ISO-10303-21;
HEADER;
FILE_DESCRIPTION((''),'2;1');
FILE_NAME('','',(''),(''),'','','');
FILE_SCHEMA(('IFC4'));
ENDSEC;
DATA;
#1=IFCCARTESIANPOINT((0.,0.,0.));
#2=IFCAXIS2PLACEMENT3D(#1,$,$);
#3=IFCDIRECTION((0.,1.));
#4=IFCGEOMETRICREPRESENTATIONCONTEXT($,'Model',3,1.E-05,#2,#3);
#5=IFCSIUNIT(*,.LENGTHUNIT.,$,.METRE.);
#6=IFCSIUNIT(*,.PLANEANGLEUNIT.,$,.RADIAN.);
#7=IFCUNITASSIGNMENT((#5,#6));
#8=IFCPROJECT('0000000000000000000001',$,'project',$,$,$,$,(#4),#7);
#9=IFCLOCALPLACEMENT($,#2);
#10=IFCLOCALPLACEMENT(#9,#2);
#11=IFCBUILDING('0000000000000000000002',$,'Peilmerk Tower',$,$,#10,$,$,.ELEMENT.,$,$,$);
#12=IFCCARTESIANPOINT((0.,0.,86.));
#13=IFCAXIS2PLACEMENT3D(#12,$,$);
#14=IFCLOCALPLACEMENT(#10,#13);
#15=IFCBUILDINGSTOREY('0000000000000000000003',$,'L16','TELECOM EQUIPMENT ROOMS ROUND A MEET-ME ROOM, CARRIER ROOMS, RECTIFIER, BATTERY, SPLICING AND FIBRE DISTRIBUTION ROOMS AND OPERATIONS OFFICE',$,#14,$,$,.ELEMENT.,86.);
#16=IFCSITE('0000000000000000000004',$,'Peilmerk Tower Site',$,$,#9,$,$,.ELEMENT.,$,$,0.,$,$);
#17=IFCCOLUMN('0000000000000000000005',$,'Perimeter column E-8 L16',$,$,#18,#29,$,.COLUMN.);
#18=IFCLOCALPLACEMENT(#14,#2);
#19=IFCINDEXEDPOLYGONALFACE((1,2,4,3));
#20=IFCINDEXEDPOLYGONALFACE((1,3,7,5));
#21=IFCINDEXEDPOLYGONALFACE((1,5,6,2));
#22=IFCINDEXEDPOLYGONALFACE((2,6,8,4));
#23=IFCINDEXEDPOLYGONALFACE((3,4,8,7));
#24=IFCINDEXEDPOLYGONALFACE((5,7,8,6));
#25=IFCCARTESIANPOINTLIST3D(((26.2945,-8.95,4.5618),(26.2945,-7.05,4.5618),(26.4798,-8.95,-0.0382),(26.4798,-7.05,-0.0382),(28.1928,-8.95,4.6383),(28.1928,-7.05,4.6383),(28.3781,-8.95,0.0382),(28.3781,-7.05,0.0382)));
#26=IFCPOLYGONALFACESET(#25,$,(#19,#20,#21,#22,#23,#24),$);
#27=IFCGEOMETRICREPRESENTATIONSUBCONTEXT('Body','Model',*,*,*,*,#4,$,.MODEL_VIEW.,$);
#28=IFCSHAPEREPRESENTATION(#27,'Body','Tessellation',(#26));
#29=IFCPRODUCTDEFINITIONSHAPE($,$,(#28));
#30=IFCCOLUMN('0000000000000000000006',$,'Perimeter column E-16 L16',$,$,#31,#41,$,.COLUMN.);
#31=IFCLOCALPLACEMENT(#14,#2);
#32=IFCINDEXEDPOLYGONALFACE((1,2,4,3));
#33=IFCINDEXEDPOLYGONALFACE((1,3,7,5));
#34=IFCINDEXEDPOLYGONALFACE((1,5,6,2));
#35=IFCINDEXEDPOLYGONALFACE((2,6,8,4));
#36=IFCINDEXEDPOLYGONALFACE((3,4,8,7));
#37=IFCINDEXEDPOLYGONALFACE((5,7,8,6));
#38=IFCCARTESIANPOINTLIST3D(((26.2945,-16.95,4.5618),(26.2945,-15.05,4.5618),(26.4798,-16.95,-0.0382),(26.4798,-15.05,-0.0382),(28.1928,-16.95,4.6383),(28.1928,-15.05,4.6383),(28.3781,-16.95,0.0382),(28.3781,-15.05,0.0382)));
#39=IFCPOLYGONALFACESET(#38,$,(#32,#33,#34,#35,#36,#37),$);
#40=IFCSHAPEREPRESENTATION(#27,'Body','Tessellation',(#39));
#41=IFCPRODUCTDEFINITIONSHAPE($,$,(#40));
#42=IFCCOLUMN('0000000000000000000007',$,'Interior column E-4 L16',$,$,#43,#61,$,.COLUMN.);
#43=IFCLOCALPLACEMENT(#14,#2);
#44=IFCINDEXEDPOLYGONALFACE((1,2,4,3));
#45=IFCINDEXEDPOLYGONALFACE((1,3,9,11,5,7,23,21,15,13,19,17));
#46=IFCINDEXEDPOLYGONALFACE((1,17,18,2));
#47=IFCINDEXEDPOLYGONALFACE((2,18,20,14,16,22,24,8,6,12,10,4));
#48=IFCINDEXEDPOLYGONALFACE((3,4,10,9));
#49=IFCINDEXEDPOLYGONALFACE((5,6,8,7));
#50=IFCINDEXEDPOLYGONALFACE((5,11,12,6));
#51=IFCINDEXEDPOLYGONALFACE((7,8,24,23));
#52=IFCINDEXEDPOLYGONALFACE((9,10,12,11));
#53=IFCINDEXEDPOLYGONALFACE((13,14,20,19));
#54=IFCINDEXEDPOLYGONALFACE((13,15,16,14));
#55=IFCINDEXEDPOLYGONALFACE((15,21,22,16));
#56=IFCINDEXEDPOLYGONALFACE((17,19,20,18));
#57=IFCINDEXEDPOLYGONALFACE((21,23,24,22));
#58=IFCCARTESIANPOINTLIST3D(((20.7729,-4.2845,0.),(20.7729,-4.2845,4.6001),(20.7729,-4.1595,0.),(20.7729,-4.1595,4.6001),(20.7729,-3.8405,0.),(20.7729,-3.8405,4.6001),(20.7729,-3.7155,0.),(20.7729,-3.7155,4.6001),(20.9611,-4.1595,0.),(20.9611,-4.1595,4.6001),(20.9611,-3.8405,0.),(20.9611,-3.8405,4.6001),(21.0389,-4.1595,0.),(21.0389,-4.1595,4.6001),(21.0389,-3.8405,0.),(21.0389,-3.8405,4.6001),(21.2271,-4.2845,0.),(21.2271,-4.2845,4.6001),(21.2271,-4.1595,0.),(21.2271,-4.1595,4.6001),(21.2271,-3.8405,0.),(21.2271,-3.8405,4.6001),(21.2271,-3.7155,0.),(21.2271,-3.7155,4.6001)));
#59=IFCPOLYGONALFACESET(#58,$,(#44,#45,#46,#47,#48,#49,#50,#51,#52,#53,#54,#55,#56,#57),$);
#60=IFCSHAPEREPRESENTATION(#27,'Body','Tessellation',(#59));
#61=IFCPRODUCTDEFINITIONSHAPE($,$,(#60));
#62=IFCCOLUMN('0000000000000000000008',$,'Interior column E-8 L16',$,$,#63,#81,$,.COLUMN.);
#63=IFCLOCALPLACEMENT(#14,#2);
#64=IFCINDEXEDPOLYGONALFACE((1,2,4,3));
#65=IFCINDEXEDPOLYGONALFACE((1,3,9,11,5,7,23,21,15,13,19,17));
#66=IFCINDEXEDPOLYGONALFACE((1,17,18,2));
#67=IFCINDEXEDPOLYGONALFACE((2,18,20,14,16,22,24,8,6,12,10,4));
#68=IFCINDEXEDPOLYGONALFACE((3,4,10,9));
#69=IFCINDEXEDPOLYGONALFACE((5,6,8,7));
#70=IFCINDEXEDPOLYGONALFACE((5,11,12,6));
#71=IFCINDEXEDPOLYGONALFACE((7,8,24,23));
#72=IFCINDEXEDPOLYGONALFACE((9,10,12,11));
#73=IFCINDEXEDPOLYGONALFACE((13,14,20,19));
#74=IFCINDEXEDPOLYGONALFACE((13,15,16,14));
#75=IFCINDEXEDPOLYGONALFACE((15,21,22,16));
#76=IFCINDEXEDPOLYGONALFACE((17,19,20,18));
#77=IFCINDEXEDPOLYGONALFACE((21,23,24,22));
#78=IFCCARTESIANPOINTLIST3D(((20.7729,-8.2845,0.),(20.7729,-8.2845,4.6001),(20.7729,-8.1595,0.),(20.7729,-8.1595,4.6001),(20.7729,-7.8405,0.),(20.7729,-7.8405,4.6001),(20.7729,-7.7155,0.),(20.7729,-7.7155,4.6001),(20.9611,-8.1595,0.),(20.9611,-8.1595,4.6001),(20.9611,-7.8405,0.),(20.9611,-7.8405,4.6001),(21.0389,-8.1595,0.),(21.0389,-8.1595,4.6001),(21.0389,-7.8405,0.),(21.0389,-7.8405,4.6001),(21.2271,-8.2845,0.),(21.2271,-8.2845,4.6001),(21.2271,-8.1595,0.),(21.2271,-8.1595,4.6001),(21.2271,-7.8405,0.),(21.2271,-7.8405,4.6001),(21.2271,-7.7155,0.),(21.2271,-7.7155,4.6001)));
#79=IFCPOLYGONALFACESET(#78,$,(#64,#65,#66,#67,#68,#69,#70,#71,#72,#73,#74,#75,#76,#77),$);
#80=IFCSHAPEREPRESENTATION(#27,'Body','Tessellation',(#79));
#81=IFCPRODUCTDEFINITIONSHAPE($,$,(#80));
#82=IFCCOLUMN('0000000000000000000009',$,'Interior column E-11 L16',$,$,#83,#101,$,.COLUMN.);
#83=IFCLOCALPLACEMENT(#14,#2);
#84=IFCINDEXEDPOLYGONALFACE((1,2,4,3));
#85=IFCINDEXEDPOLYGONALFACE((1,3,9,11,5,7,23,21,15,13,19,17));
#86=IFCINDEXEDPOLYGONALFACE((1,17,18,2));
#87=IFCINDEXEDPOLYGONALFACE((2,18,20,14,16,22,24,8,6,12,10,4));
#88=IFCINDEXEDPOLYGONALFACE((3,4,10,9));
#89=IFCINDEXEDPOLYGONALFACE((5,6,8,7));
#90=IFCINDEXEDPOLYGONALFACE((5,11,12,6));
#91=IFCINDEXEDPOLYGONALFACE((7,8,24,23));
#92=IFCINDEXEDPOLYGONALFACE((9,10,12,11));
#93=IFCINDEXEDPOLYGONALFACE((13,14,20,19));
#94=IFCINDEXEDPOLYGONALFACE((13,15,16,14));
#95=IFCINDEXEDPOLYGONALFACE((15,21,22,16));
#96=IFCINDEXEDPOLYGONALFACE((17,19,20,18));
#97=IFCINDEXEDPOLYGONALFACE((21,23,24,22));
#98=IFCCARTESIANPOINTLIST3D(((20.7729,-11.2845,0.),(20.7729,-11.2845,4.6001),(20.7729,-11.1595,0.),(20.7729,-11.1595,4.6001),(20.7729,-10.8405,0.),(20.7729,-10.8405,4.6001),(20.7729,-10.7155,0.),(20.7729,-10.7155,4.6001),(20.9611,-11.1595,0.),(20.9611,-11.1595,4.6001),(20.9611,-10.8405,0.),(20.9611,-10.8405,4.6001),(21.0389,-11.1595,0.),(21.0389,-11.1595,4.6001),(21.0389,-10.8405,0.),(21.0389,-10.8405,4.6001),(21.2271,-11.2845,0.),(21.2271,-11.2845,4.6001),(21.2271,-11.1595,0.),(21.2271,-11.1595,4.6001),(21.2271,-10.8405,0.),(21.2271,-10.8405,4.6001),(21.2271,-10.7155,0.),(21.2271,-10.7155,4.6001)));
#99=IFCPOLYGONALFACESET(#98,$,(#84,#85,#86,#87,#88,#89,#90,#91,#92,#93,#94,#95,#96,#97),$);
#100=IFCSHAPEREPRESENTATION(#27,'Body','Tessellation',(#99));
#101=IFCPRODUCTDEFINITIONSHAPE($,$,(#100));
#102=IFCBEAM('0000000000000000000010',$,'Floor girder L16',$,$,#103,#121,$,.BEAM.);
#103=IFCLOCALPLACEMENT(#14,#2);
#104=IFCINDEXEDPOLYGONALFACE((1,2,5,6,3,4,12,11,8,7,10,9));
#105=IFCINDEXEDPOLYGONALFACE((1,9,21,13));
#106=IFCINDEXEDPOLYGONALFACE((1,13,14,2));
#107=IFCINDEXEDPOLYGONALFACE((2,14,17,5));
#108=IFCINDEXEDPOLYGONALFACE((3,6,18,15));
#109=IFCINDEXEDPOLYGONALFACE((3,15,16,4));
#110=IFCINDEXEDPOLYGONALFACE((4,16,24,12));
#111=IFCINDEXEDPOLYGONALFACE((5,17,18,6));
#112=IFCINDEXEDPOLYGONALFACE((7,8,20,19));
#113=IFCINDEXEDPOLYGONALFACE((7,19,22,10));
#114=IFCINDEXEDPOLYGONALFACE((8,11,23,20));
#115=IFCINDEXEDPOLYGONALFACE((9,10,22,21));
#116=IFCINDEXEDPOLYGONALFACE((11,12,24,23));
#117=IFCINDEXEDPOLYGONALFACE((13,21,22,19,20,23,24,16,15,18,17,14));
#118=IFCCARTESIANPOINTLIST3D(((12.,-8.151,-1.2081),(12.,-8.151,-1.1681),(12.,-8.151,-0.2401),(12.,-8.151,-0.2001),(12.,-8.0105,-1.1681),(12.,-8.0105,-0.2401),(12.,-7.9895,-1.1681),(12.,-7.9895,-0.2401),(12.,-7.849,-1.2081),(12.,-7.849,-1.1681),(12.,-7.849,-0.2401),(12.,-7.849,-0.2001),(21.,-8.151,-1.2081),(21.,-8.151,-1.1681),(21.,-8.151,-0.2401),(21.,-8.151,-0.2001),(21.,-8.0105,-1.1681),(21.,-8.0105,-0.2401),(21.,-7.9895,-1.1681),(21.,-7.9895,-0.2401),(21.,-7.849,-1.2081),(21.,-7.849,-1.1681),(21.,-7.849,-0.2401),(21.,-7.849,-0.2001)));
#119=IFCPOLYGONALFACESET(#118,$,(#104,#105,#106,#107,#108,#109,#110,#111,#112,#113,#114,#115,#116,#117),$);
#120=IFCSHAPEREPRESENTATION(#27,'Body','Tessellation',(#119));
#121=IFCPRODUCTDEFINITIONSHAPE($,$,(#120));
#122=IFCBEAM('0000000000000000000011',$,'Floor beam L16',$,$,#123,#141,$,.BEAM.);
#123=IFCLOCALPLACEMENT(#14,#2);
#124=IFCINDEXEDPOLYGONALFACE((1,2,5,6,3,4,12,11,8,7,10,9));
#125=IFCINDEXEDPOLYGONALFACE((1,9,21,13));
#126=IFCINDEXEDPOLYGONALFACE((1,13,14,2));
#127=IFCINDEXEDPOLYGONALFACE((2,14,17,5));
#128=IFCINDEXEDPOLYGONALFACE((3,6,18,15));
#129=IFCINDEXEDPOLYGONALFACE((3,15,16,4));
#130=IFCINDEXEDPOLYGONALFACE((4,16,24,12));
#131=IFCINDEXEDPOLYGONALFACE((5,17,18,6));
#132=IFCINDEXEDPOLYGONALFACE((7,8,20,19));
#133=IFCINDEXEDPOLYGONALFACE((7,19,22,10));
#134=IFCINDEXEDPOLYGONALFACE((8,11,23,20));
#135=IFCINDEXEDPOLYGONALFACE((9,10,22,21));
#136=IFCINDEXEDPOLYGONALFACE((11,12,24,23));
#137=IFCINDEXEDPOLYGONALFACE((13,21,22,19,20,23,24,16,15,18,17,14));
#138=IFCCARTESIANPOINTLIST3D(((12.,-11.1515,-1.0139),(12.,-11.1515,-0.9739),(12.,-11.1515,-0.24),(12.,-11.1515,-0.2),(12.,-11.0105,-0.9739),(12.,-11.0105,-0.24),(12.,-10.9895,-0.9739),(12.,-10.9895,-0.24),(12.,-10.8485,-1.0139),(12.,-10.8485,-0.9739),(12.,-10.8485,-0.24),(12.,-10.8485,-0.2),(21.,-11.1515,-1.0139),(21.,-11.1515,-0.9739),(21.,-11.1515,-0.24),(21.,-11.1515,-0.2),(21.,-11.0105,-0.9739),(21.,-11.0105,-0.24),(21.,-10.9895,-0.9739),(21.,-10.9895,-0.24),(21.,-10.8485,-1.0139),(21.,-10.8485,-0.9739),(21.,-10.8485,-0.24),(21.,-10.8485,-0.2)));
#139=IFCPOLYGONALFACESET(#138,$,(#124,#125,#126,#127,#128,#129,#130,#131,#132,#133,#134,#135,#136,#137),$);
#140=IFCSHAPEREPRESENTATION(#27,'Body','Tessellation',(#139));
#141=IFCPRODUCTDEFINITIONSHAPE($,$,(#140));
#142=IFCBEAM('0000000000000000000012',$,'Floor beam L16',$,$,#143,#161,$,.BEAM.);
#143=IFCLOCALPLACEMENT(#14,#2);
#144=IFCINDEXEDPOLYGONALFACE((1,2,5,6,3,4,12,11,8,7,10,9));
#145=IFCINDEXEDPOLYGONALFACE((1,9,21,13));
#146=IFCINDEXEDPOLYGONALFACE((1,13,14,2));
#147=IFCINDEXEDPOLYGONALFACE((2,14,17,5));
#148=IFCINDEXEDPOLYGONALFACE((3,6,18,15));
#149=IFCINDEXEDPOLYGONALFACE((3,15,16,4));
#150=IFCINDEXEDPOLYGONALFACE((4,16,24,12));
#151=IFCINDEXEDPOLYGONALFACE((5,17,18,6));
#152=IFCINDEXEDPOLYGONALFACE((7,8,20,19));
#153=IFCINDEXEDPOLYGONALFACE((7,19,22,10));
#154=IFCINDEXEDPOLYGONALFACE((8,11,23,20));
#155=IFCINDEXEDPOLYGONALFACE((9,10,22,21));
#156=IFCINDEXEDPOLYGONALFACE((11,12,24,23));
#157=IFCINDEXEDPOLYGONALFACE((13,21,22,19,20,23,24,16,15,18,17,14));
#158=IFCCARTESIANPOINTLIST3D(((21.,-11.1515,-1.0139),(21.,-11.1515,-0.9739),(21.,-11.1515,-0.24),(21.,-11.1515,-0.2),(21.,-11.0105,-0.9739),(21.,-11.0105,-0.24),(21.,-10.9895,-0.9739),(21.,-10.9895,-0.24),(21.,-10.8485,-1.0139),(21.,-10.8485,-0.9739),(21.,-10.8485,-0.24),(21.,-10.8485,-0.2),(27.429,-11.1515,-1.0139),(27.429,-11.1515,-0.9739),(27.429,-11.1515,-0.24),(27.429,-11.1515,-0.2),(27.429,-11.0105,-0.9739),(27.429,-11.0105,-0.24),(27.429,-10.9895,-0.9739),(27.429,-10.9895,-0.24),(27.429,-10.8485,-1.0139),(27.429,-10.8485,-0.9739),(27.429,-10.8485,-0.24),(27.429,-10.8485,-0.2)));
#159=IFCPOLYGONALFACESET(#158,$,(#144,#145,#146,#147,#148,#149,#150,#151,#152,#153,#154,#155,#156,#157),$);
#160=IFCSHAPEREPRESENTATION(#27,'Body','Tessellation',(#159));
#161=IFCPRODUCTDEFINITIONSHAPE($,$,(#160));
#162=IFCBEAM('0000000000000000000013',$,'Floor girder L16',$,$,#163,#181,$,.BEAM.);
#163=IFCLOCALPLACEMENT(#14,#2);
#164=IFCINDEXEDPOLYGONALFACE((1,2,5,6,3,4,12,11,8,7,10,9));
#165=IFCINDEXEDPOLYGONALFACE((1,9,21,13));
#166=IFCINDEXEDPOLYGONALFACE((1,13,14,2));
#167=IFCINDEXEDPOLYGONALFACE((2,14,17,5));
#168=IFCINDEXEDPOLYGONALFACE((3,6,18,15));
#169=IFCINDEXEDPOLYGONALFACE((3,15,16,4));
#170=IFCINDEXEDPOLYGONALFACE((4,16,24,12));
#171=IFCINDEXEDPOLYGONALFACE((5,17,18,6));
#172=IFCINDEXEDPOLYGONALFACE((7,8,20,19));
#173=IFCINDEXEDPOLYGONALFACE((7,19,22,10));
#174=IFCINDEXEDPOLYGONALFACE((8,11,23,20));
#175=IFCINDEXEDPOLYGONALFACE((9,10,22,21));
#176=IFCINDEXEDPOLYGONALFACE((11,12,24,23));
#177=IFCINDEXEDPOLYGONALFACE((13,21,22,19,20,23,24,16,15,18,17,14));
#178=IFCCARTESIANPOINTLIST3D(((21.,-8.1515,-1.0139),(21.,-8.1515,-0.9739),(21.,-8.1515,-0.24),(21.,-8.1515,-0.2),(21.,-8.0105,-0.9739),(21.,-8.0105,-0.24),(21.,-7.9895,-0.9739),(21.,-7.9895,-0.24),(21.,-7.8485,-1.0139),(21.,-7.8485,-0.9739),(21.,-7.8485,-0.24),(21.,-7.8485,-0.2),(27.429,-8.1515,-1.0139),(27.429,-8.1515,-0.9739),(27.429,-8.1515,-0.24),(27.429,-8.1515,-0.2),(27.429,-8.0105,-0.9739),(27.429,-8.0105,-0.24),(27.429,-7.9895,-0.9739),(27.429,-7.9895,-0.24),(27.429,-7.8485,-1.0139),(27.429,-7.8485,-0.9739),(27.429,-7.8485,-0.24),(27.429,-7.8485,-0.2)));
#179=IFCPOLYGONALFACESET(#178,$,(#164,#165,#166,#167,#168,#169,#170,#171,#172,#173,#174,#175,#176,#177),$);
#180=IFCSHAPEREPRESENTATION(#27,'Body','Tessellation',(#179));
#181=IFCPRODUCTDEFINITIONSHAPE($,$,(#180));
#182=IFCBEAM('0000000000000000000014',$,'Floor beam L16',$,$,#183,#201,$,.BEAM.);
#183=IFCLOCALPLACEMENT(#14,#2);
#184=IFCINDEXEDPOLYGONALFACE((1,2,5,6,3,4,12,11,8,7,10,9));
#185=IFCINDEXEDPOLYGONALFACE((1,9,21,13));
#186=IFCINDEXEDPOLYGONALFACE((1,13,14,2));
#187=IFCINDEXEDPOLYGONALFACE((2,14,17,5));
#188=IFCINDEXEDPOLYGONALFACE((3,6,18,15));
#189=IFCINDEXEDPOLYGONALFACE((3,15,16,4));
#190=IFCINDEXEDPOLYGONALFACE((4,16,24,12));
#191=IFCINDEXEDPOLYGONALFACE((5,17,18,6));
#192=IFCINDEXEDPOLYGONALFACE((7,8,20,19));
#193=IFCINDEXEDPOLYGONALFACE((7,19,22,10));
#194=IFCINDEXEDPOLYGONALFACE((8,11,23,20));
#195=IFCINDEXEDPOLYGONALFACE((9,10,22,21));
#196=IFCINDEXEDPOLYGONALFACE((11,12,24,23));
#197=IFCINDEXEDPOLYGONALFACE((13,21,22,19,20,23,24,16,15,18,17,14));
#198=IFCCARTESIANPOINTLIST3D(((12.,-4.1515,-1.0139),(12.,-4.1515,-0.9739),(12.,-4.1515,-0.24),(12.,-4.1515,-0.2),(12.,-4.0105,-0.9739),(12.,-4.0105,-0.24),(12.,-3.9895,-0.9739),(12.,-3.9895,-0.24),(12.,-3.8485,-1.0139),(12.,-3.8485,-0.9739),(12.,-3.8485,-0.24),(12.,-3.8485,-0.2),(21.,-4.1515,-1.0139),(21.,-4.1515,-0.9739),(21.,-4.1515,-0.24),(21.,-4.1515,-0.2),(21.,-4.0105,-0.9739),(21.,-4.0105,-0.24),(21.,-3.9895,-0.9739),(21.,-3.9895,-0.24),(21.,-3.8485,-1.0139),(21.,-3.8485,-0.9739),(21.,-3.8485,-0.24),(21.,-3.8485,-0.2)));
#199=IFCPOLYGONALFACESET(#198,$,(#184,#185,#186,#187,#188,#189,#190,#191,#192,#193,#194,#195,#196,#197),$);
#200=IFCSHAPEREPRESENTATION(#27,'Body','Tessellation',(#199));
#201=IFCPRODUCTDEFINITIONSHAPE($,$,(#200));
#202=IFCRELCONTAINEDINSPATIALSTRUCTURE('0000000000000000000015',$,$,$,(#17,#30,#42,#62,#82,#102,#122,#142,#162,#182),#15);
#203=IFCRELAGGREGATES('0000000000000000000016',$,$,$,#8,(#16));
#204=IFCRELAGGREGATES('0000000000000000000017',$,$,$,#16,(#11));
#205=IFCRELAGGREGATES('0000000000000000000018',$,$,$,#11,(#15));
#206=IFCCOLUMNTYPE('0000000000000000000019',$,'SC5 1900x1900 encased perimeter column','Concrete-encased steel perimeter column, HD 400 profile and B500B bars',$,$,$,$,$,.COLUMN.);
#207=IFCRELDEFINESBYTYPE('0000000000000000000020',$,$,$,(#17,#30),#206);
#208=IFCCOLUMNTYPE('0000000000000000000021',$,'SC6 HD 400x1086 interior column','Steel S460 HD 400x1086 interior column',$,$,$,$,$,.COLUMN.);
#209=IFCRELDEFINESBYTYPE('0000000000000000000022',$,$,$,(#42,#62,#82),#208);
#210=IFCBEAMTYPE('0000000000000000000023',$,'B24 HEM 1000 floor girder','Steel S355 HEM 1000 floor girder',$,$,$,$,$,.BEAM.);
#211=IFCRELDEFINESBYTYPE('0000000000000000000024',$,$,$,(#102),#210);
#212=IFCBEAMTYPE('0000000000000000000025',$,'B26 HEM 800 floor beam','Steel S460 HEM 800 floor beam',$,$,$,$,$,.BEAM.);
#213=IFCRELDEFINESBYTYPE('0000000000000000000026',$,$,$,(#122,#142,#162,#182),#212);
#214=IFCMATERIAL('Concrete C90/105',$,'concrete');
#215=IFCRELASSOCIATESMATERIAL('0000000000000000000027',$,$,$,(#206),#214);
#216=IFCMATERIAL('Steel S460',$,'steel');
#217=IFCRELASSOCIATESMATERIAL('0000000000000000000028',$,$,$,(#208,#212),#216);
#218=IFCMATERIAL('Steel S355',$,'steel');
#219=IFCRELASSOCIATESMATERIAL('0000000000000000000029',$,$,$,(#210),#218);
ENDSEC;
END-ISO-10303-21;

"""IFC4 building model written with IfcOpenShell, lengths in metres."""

from ifc_helpers import new_model, si_unit, direction, frame, origin, origin_2d, place, context, subcontext, project, spatial, rectangle, i_section, extrude, material, material_profile, profile_set, type_object, element, save


model = new_model("IFC4")

# Units and contexts
model_context = context("Model", 3, precision=1e-05, world=origin(), true_north=direction((0.0, 1.0)))
body_context = subcontext(model_context, "Body", "Model", "MODEL_VIEW")
ifc_project = project(units=[si_unit("LENGTHUNIT", "METRE"), si_unit("PLANEANGLEUNIT", "RADIAN")], contexts=[model_context])

# Site, building, storey
site_placement = place(None, origin())
site = spatial("IfcSite", under=ifc_project, at=site_placement, Name="Peilmerk Tower Site", CompositionType="ELEMENT", RefElevation=0.0)
building_placement = place(site_placement, origin())
building = spatial("IfcBuilding", under=site, at=building_placement, Name="Peilmerk Tower", CompositionType="ELEMENT")
storey_placement = place(building_placement, frame((0.0, 0.0, 86.0)))
storey = spatial("IfcBuildingStorey", under=building, at=storey_placement, Name="L16", Description="TELECOM EQUIPMENT ROOMS ROUND A MEET-ME ROOM, CARRIER ROOMS, RECTIFIER, BATTERY, SPLICING AND FIBRE DISTRIBUTION ROOMS AND OPERATIONS OFFICE", CompositionType="ELEMENT", Elevation=86.0)

# Columns
ifc_material_1 = material(Name="Concrete C90/105", Category="concrete")
ifc_material_profile_1 = material_profile(ifc_material_1, rectangle(XDim=1.8999, YDim=1.8999, at=origin_2d()), Name="RC 1900x1900")
ifc_profile_set_1 = profile_set([ifc_material_profile_1], Name="Concrete C90/105")
column_type_1 = type_object("IfcColumnType", Name="SC5 1900x1900 encased perimeter column", Description="Concrete-encased steel perimeter column, HD 400 profile and B500B bars", PredefinedType="COLUMN", material=ifc_profile_set_1)
for number, where, z_axis, x_axis, name in (
    (1, (27.429, -8.0, 0.0), (-0.04025, 0.0, 0.99919), (0.0, -1.0, 0.0), "Perimeter column E-8 L16"),
    (2, (27.429, -16.0, 0.0), (-0.04025, 0.0, 0.99919), (0.0, -1.0, 0.0), "Perimeter column E-16 L16"),
):
    element("IfcColumn", number, at=place(storey_placement, frame(where, z_axis=z_axis, x_axis=x_axis)), inside=storey, type_object=column_type_1, Name=name, PredefinedType="COLUMN", context=body_context, shape_type="SweptSolid", body=[
        extrude(rectangle(XDim=1.8999, YDim=1.8999, at=origin_2d()), origin(), (0.0, 0.0, 1.0), 4.6038),
    ])
ifc_material_2 = material(Name="Steel S460", Category="steel")
ifc_material_profile_2 = material_profile(ifc_material_2, i_section(OverallWidth=0.4541, OverallDepth=0.5691, WebThickness=0.0779, FlangeThickness=0.125, at=origin_2d()), Name="HD 400x1086")
ifc_profile_set_2 = profile_set([ifc_material_profile_2], Name="Steel S460")
column_type_2 = type_object("IfcColumnType", Name="SC6 HD 400x1086 interior column", Description="Steel S460 HD 400x1086 interior column", PredefinedType="COLUMN", material=ifc_profile_set_2)
for number, where, z_axis, x_axis, name in (
    (3, (21.0, -4.0, 0.0), (0.0, 0.0, 1.0), (1.0, 0.0, 0.0), "Interior column E-4 L16"),
    (4, (21.0, -8.0, 0.0), (0.0, 0.0, 1.0), (1.0, 0.0, 0.0), "Interior column E-8 L16"),
    (5, (21.0, -11.0, 0.0), (0.0, 0.0, 1.0), (1.0, 0.0, 0.0), "Interior column E-11 L16"),
):
    element("IfcColumn", number, at=place(storey_placement, frame(where, z_axis=z_axis, x_axis=x_axis)), inside=storey, type_object=column_type_2, Name=name, PredefinedType="COLUMN", context=body_context, shape_type="SweptSolid", body=[
        extrude(i_section(OverallWidth=0.4541, OverallDepth=0.5691, WebThickness=0.0779, FlangeThickness=0.125, at=origin_2d()), origin(), (0.0, 0.0, 1.0), 4.6001),
    ])

# Beams
ifc_material_3 = material(Name="Steel S355", Category="steel")
ifc_material_profile_3 = material_profile(ifc_material_3, i_section(OverallWidth=0.302, OverallDepth=1.0081, WebThickness=0.021, FlangeThickness=0.04, at=origin_2d()), Name="HEM 1000")
ifc_profile_set_3 = profile_set([ifc_material_profile_3], Name="Steel S355")
beam_type_1 = type_object("IfcBeamType", Name="B24 HEM 1000 floor girder", Description="Steel S355 HEM 1000 floor girder", PredefinedType="BEAM", material=ifc_profile_set_3)
beam_1_placement = place(storey_placement, frame((12.0, -8.0, -0.7041), z_axis=(1.0, 0.0, 0.0), x_axis=(0.0, 1.0, 0.0)))
element("IfcBeam", 6, at=beam_1_placement, inside=storey, type_object=beam_type_1, Name="Floor girder L16", PredefinedType="BEAM", context=body_context, shape_type="SweptSolid", body=[
    extrude(i_section(OverallWidth=0.302, OverallDepth=1.0081, WebThickness=0.021, FlangeThickness=0.04, at=origin_2d()), origin(), (0.0, 0.0, 1.0), 9.0),
])
ifc_material_profile_4 = material_profile(ifc_material_2, i_section(OverallWidth=0.303, OverallDepth=0.814, WebThickness=0.021, FlangeThickness=0.04, at=origin_2d()), Name="HEM 800")
ifc_profile_set_4 = profile_set([ifc_material_profile_4], Name="Steel S460")
beam_type_2 = type_object("IfcBeamType", Name="B26 HEM 800 floor beam", Description="Steel S460 HEM 800 floor beam", PredefinedType="BEAM", material=ifc_profile_set_4)
beam_2_placement = place(storey_placement, frame((12.0, -11.0, -0.6069), z_axis=(1.0, 0.0, 0.0), x_axis=(0.0, 1.0, 0.0)))
element("IfcBeam", 7, at=beam_2_placement, inside=storey, type_object=beam_type_2, Name="Floor beam L16", PredefinedType="BEAM", context=body_context, shape_type="SweptSolid", body=[
    extrude(i_section(OverallWidth=0.303, OverallDepth=0.814, WebThickness=0.021, FlangeThickness=0.04, at=origin_2d()), origin(), (0.0, 0.0, 1.0), 9.0),
])
for number, where, z_axis, x_axis, name in (
    (8, (21.0, -11.0, -0.6069), (1.0, 0.0, 0.0), (0.0, 1.0, 0.0), "Floor beam L16"),
    (9, (21.0, -8.0, -0.6069), (1.0, 0.0, 0.0), (0.0, 1.0, 0.0), "Floor girder L16"),
):
    element("IfcBeam", number, at=place(storey_placement, frame(where, z_axis=z_axis, x_axis=x_axis)), inside=storey, type_object=beam_type_2, Name=name, PredefinedType="BEAM", context=body_context, shape_type="SweptSolid", body=[
        extrude(i_section(OverallWidth=0.303, OverallDepth=0.814, WebThickness=0.021, FlangeThickness=0.04, at=origin_2d()), origin(), (0.0, 0.0, 1.0), 6.429),
    ])
beam_3_placement = place(storey_placement, frame((12.0, -4.0, -0.6069), z_axis=(1.0, 0.0, 0.0), x_axis=(0.0, 1.0, 0.0)))
element("IfcBeam", 10, at=beam_3_placement, inside=storey, type_object=beam_type_2, Name="Floor beam L16", PredefinedType="BEAM", context=body_context, shape_type="SweptSolid", body=[
    extrude(i_section(OverallWidth=0.303, OverallDepth=0.814, WebThickness=0.021, FlangeThickness=0.04, at=origin_2d()), origin(), (0.0, 0.0, 1.0), 9.0),
])

save(model, "model.ifc")
